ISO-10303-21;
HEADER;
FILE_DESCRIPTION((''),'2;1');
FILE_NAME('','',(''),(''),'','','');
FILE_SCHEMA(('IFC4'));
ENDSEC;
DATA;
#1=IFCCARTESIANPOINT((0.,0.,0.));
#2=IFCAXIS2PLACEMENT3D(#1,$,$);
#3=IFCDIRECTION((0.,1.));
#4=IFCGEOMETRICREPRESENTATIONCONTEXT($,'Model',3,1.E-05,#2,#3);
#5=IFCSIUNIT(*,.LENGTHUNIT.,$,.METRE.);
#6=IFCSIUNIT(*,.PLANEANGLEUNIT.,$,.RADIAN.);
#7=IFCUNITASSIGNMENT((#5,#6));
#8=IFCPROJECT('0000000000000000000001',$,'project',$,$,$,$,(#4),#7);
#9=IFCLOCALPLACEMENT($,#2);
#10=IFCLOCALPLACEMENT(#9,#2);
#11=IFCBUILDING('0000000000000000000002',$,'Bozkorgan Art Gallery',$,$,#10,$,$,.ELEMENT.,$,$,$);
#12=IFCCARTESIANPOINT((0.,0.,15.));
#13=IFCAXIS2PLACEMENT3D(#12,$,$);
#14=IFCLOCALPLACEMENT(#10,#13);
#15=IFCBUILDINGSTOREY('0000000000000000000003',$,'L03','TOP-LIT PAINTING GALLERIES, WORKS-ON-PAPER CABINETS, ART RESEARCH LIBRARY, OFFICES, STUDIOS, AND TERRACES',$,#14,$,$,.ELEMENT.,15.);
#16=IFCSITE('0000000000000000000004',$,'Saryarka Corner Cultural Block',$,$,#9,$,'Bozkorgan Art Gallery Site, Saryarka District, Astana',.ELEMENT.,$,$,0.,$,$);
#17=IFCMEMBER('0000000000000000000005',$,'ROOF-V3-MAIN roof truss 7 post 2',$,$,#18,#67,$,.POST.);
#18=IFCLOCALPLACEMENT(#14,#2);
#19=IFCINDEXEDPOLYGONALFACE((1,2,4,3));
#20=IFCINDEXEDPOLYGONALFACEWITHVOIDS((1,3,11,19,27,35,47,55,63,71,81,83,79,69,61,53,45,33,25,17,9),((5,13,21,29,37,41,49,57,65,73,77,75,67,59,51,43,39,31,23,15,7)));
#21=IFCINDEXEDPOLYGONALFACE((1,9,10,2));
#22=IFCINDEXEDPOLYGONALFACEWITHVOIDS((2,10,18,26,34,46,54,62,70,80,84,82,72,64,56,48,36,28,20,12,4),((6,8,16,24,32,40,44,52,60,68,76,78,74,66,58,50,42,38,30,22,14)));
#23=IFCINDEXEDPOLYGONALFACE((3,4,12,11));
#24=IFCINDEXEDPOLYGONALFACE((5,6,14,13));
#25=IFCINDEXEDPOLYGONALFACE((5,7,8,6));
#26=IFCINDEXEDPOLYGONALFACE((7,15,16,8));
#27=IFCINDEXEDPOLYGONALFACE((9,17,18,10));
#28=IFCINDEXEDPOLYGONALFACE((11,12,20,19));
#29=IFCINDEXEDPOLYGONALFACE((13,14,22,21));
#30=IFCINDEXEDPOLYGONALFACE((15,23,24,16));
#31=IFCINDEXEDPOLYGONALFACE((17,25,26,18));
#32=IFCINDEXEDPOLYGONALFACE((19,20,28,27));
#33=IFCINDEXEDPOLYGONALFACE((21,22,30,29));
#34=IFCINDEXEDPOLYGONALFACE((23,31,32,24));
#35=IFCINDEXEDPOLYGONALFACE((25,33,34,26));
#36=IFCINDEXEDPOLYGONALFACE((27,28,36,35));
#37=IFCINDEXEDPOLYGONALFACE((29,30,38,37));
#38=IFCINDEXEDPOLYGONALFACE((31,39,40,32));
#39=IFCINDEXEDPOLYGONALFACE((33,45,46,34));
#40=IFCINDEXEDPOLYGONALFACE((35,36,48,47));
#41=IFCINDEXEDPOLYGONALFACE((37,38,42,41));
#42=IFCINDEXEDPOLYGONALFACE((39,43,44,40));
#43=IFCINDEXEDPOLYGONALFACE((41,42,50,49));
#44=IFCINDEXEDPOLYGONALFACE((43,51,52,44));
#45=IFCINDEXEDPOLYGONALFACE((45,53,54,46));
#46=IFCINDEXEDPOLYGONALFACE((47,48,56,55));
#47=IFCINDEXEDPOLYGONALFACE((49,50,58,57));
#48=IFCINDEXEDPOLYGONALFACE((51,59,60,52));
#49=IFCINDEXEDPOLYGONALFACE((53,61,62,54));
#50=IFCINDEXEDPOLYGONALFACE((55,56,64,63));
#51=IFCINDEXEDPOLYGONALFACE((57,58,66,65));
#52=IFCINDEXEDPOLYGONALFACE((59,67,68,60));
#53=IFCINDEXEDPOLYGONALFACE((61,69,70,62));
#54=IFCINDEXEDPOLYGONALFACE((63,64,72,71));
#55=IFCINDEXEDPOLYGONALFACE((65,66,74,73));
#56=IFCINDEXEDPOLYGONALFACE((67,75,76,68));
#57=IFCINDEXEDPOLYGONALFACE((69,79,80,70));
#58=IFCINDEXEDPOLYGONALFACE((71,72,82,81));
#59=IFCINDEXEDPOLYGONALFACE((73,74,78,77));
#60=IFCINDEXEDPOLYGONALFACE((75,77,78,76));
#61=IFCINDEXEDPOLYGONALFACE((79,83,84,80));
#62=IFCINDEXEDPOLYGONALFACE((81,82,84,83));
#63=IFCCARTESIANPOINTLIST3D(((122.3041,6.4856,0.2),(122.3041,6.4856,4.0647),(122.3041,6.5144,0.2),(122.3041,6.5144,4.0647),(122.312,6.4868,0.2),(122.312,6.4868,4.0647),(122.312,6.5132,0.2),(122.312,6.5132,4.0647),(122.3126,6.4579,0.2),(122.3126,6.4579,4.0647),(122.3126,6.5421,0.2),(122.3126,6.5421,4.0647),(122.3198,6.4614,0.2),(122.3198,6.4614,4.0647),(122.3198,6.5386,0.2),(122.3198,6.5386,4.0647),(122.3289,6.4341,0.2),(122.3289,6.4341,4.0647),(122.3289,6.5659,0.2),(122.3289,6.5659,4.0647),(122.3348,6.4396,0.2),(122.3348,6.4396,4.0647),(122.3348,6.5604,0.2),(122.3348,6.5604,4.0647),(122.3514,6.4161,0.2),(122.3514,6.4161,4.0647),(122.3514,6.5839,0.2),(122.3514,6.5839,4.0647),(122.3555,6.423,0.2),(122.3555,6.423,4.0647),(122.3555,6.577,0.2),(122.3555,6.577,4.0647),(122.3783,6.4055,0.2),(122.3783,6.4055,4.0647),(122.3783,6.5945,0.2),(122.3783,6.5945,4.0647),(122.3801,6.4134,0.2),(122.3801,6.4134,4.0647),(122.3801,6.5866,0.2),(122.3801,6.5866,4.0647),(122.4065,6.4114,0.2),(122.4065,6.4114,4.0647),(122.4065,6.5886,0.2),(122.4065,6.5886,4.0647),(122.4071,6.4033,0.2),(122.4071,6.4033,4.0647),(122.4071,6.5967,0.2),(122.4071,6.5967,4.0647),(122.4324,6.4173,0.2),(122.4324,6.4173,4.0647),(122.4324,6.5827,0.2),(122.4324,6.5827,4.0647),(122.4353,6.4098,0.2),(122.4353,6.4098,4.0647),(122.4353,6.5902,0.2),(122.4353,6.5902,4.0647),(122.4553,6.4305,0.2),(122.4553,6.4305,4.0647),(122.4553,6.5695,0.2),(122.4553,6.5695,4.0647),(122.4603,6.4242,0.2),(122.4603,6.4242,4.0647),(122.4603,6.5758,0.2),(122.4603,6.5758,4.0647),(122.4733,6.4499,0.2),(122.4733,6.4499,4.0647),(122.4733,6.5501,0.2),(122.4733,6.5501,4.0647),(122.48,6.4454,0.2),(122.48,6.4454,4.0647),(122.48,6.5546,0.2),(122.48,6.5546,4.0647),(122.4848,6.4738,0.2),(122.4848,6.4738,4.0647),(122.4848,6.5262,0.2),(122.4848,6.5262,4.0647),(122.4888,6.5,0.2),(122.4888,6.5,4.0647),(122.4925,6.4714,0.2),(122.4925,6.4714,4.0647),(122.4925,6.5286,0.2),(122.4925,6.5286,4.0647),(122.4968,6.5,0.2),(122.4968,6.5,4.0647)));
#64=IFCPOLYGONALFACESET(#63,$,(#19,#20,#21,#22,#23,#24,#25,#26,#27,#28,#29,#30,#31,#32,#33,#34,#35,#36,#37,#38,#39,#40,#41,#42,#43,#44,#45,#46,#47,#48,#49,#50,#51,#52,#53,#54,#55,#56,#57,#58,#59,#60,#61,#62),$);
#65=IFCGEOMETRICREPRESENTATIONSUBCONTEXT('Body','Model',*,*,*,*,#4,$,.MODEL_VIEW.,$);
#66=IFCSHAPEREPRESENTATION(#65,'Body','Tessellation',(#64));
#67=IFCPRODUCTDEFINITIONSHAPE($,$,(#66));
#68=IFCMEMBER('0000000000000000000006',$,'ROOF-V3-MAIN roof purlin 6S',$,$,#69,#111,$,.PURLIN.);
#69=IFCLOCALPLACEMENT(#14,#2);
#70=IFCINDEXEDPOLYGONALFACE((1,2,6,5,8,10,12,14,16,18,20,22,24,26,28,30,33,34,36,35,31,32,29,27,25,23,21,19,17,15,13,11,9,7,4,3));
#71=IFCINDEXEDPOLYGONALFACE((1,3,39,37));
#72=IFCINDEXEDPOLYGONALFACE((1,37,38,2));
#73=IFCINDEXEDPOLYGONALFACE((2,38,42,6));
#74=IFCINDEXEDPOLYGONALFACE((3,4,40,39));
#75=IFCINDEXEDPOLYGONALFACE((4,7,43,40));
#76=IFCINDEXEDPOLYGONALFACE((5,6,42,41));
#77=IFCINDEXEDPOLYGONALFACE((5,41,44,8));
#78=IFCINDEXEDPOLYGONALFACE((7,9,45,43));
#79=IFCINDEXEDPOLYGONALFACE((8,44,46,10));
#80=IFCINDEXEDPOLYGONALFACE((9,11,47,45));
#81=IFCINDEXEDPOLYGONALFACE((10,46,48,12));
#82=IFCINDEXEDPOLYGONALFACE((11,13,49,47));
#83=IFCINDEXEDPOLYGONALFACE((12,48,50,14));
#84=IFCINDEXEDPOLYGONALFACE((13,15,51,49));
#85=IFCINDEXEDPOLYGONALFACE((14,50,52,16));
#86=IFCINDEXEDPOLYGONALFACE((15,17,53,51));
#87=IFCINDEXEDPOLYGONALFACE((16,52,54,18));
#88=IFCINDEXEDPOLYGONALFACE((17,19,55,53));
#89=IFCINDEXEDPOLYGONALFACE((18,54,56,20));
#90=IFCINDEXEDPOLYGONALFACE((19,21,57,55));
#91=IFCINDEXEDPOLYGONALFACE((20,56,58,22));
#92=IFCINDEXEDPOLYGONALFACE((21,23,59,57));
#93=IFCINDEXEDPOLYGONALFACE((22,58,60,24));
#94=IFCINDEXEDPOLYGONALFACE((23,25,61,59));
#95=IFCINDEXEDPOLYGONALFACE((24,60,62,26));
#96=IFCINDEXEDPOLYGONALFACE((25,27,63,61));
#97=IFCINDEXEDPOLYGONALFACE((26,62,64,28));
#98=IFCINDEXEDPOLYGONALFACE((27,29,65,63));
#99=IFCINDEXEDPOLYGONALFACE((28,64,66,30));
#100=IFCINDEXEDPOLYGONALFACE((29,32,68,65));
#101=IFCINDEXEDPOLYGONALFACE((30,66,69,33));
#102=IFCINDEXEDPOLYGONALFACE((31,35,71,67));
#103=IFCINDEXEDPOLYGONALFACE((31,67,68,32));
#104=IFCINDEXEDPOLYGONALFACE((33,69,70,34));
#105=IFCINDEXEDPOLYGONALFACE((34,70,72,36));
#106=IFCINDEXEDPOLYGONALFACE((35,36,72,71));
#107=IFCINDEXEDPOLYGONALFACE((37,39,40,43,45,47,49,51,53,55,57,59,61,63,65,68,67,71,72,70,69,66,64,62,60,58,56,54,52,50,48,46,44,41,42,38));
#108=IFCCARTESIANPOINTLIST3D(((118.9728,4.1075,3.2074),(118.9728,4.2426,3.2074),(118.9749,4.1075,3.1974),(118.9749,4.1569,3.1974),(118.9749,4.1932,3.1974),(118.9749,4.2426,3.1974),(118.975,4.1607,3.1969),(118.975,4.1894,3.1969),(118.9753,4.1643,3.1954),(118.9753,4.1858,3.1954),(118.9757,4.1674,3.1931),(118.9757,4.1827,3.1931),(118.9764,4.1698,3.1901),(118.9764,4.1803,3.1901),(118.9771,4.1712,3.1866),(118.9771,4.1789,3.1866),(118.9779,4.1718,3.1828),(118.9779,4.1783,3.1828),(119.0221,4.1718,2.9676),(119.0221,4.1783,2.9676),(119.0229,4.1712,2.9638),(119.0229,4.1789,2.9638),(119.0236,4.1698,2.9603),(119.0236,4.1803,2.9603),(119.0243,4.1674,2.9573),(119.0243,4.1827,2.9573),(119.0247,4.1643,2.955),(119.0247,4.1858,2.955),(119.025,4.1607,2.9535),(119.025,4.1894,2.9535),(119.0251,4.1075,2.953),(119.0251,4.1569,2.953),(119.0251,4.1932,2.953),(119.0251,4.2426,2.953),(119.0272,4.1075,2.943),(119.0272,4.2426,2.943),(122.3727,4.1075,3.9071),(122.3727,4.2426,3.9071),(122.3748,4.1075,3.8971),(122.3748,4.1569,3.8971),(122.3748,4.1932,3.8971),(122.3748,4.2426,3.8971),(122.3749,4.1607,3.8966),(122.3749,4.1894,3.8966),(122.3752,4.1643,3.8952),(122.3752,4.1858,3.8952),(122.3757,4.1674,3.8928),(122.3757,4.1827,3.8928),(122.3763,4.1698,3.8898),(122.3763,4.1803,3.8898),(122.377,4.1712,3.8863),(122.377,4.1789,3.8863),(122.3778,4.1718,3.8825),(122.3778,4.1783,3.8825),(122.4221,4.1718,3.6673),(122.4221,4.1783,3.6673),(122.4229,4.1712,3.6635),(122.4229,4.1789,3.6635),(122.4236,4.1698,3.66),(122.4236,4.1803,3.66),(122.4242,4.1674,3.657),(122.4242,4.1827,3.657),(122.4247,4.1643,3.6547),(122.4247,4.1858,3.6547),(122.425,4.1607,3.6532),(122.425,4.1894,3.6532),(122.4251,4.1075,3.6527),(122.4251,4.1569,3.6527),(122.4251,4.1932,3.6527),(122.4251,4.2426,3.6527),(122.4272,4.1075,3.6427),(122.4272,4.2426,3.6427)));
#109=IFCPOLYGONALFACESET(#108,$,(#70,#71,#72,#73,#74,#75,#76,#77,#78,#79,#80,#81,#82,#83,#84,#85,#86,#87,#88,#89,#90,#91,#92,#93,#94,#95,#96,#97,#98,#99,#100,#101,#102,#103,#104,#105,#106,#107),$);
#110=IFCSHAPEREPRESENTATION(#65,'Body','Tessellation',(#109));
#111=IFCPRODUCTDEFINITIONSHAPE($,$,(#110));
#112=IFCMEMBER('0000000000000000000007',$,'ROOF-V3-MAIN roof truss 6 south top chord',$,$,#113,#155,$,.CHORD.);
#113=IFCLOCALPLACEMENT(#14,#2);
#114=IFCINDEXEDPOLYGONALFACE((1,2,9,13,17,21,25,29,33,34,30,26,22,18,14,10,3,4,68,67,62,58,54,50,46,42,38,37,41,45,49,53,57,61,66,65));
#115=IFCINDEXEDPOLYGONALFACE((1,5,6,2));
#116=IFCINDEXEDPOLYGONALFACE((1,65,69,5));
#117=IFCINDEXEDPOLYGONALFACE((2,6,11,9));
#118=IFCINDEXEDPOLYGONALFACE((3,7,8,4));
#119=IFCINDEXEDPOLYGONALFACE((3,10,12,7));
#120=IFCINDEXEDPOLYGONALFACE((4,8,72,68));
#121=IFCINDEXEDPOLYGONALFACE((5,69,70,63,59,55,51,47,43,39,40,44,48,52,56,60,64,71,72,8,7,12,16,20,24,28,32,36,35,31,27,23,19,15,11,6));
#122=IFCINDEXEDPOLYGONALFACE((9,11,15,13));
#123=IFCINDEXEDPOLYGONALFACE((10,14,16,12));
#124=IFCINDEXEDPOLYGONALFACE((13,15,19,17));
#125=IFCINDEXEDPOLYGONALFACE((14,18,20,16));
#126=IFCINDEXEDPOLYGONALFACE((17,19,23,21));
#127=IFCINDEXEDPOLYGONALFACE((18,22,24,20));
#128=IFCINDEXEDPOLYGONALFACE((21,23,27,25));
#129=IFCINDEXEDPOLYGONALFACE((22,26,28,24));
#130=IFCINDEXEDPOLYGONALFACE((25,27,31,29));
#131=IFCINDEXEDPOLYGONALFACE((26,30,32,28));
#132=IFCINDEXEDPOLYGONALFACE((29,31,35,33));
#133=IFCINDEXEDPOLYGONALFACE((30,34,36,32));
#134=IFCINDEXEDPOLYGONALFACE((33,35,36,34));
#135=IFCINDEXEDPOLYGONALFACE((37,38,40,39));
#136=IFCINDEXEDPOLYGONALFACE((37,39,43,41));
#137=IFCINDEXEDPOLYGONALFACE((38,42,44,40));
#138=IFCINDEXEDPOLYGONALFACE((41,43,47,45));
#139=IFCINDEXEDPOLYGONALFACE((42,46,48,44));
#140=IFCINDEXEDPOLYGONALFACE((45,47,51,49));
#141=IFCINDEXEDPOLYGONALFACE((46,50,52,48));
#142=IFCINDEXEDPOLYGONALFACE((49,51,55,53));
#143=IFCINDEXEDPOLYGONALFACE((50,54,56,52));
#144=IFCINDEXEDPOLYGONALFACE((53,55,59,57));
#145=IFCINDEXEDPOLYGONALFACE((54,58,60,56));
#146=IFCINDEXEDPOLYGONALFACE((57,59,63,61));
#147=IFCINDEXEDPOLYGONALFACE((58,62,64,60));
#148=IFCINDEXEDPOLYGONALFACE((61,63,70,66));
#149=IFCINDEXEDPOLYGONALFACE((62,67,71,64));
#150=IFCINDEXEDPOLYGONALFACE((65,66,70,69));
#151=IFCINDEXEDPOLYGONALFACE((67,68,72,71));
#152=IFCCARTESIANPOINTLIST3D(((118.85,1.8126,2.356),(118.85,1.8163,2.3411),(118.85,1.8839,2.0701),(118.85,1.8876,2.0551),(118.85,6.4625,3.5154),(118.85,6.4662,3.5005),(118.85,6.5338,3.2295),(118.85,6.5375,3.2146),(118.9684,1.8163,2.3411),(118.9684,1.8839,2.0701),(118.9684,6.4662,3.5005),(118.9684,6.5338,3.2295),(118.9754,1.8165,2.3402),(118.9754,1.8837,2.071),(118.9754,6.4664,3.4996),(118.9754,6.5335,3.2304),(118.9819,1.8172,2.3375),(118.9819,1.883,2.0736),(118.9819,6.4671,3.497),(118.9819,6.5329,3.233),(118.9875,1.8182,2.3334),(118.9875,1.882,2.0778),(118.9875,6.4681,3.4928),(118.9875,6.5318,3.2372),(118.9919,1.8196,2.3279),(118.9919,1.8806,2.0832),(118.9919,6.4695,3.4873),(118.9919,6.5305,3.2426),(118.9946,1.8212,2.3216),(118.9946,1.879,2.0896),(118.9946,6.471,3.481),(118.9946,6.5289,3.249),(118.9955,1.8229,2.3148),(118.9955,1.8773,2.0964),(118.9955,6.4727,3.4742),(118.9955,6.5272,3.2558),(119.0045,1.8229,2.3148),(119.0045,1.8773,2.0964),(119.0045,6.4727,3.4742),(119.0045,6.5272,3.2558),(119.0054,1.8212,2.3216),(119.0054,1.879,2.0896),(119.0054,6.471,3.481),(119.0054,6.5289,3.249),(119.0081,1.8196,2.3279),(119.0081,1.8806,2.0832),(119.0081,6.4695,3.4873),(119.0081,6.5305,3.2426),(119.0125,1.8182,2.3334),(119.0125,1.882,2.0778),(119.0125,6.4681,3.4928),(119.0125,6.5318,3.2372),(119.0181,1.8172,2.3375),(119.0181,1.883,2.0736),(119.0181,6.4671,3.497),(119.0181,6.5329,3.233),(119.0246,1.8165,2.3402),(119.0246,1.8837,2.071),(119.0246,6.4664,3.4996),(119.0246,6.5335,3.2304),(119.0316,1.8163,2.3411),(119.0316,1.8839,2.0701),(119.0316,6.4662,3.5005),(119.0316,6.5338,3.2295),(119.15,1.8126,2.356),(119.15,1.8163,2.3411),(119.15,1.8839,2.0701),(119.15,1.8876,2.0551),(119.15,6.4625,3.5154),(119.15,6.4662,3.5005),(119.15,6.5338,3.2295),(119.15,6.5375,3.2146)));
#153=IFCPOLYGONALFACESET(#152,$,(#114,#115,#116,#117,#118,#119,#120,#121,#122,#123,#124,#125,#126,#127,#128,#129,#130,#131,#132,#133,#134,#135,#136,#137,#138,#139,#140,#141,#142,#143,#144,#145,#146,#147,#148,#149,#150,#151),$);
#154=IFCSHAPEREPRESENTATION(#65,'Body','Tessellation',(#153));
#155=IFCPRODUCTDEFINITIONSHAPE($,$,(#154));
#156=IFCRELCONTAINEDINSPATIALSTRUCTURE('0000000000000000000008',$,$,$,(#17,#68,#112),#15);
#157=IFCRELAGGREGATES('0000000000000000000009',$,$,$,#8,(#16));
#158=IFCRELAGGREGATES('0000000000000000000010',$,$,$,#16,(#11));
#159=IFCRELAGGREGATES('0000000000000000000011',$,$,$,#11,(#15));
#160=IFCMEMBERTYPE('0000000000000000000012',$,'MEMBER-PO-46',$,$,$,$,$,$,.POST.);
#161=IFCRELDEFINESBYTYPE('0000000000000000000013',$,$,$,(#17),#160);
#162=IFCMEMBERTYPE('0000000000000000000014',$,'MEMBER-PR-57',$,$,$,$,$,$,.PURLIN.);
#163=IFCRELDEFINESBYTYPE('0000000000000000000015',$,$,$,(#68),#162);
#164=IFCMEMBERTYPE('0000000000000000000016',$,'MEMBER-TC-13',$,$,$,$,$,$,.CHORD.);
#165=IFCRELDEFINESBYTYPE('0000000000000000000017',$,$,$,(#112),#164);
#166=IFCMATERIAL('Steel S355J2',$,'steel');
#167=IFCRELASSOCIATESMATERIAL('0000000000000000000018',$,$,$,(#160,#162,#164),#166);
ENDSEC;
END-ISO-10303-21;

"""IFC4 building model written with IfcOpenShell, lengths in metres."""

from ifc_helpers import new_model, si_unit, direction, frame, origin, origin_2d, place, context, subcontext, project, spatial, hollow_circle, i_section, extrude, material, material_profile, profile_set, type_object, element, save


model = new_model("IFC4")

# Units and contexts
model_context = context("Model", 3, precision=1e-05, world=origin(), true_north=direction((0.0, 1.0)))
body_context = subcontext(model_context, "Body", "Model", "MODEL_VIEW")
ifc_project = project(units=[si_unit("LENGTHUNIT", "METRE"), si_unit("PLANEANGLEUNIT", "RADIAN")], contexts=[model_context])

# Site, building, storey
site_placement = place(None, origin())
site = spatial("IfcSite", under=ifc_project, at=site_placement, Name="Saryarka Corner Cultural Block", LongName="Bozkorgan Art Gallery Site, Saryarka District, Astana", CompositionType="ELEMENT", RefElevation=0.0)
building_placement = place(site_placement, origin())
building = spatial("IfcBuilding", under=site, at=building_placement, Name="Bozkorgan Art Gallery", CompositionType="ELEMENT")
storey_placement = place(building_placement, frame((0.0, 0.0, 15.0)))
storey = spatial("IfcBuildingStorey", under=building, at=storey_placement, Name="L03", Description="TOP-LIT PAINTING GALLERIES, WORKS-ON-PAPER CABINETS, ART RESEARCH LIBRARY, OFFICES, STUDIOS, AND TERRACES", CompositionType="ELEMENT", Elevation=15.0)

# Shared definitions
ifc_material = material(Name="Steel S355J2", Category="steel")

# Members
ifc_material_profile_1 = material_profile(ifc_material, hollow_circle(Radius=0.0969, WallThickness=0.0081, at=origin_2d()), Name="CHS 193.7x8")
ifc_profile_set_1 = profile_set([ifc_material_profile_1], Name="Steel S355J2")
member_type_1 = type_object("IfcMemberType", Name="MEMBER-PO-46", PredefinedType="POST", material=ifc_profile_set_1)
member_1_placement = place(storey_placement, frame((122.3999, 6.5, 0.2), z_axis=(0.0, 0.0, 1.0), x_axis=(1.0, 0.0, 0.0)))
element("IfcMember", 1, at=member_1_placement, inside=storey, type_object=member_type_1, Name="ROOF-V3-MAIN roof truss 7 post 2", PredefinedType="POST", context=body_context, shape_type="SweptSolid", body=[
    extrude(hollow_circle(Radius=0.0969, WallThickness=0.0081, at=origin_2d()), origin(), (0.0, 0.0, 1.0), 3.8647),
])
ifc_material_profile_2 = material_profile(ifc_material, i_section(OverallWidth=0.135, OverallDepth=0.27, WebThickness=0.0066, FlangeThickness=0.0103, FilletRadius=0.0149, at=origin_2d()), Name="IPE 270")
ifc_profile_set_2 = profile_set([ifc_material_profile_2], Name="Steel S355J2")
member_type_2 = type_object("IfcMemberType", Name="MEMBER-PR-57", PredefinedType="PURLIN", material=ifc_profile_set_2)
member_2_placement = place(storey_placement, frame((119.0, 4.175, 3.0752), z_axis=(0.979473, 0.0, 0.201578), x_axis=(0.0, 1.0, 0.0)))
element("IfcMember", 2, at=member_2_placement, inside=storey, type_object=member_type_2, Name="ROOF-V3-MAIN roof purlin 6S", PredefinedType="PURLIN", context=body_context, shape_type="SweptSolid", body=[
    extrude(i_section(OverallWidth=0.135, OverallDepth=0.27, WebThickness=0.0066, FlangeThickness=0.0103, FilletRadius=0.0149, at=origin_2d()), origin(), (0.0, 0.0, 1.0), 3.4712),
])
ifc_material_profile_3 = material_profile(ifc_material, i_section(OverallWidth=0.3, OverallDepth=0.3101, WebThickness=0.009, FlangeThickness=0.0154, FilletRadius=0.0271, at=origin_2d()), Name="HEA 320")
ifc_profile_set_3 = profile_set([ifc_material_profile_3], Name="Steel S355J2")
member_type_3 = type_object("IfcMemberType", Name="MEMBER-TC-13", PredefinedType="CHORD", material=ifc_profile_set_3)
member_3_placement = place(storey_placement, frame((119.0, 1.8501, 2.2056), z_axis=(0.0, 0.970292, 0.241936), x_axis=(-1.0, 0.0, 0.0)))
element("IfcMember", 3, at=member_3_placement, inside=storey, type_object=member_type_3, Name="ROOF-V3-MAIN roof truss 6 south top chord", PredefinedType="CHORD", context=body_context, shape_type="SweptSolid", body=[
    extrude(i_section(OverallWidth=0.3, OverallDepth=0.3101, WebThickness=0.009, FlangeThickness=0.0154, FilletRadius=0.0271, at=origin_2d()), origin(), (0.0, 0.0, 1.0), 4.7922),
])

save(model, "model.ifc")
